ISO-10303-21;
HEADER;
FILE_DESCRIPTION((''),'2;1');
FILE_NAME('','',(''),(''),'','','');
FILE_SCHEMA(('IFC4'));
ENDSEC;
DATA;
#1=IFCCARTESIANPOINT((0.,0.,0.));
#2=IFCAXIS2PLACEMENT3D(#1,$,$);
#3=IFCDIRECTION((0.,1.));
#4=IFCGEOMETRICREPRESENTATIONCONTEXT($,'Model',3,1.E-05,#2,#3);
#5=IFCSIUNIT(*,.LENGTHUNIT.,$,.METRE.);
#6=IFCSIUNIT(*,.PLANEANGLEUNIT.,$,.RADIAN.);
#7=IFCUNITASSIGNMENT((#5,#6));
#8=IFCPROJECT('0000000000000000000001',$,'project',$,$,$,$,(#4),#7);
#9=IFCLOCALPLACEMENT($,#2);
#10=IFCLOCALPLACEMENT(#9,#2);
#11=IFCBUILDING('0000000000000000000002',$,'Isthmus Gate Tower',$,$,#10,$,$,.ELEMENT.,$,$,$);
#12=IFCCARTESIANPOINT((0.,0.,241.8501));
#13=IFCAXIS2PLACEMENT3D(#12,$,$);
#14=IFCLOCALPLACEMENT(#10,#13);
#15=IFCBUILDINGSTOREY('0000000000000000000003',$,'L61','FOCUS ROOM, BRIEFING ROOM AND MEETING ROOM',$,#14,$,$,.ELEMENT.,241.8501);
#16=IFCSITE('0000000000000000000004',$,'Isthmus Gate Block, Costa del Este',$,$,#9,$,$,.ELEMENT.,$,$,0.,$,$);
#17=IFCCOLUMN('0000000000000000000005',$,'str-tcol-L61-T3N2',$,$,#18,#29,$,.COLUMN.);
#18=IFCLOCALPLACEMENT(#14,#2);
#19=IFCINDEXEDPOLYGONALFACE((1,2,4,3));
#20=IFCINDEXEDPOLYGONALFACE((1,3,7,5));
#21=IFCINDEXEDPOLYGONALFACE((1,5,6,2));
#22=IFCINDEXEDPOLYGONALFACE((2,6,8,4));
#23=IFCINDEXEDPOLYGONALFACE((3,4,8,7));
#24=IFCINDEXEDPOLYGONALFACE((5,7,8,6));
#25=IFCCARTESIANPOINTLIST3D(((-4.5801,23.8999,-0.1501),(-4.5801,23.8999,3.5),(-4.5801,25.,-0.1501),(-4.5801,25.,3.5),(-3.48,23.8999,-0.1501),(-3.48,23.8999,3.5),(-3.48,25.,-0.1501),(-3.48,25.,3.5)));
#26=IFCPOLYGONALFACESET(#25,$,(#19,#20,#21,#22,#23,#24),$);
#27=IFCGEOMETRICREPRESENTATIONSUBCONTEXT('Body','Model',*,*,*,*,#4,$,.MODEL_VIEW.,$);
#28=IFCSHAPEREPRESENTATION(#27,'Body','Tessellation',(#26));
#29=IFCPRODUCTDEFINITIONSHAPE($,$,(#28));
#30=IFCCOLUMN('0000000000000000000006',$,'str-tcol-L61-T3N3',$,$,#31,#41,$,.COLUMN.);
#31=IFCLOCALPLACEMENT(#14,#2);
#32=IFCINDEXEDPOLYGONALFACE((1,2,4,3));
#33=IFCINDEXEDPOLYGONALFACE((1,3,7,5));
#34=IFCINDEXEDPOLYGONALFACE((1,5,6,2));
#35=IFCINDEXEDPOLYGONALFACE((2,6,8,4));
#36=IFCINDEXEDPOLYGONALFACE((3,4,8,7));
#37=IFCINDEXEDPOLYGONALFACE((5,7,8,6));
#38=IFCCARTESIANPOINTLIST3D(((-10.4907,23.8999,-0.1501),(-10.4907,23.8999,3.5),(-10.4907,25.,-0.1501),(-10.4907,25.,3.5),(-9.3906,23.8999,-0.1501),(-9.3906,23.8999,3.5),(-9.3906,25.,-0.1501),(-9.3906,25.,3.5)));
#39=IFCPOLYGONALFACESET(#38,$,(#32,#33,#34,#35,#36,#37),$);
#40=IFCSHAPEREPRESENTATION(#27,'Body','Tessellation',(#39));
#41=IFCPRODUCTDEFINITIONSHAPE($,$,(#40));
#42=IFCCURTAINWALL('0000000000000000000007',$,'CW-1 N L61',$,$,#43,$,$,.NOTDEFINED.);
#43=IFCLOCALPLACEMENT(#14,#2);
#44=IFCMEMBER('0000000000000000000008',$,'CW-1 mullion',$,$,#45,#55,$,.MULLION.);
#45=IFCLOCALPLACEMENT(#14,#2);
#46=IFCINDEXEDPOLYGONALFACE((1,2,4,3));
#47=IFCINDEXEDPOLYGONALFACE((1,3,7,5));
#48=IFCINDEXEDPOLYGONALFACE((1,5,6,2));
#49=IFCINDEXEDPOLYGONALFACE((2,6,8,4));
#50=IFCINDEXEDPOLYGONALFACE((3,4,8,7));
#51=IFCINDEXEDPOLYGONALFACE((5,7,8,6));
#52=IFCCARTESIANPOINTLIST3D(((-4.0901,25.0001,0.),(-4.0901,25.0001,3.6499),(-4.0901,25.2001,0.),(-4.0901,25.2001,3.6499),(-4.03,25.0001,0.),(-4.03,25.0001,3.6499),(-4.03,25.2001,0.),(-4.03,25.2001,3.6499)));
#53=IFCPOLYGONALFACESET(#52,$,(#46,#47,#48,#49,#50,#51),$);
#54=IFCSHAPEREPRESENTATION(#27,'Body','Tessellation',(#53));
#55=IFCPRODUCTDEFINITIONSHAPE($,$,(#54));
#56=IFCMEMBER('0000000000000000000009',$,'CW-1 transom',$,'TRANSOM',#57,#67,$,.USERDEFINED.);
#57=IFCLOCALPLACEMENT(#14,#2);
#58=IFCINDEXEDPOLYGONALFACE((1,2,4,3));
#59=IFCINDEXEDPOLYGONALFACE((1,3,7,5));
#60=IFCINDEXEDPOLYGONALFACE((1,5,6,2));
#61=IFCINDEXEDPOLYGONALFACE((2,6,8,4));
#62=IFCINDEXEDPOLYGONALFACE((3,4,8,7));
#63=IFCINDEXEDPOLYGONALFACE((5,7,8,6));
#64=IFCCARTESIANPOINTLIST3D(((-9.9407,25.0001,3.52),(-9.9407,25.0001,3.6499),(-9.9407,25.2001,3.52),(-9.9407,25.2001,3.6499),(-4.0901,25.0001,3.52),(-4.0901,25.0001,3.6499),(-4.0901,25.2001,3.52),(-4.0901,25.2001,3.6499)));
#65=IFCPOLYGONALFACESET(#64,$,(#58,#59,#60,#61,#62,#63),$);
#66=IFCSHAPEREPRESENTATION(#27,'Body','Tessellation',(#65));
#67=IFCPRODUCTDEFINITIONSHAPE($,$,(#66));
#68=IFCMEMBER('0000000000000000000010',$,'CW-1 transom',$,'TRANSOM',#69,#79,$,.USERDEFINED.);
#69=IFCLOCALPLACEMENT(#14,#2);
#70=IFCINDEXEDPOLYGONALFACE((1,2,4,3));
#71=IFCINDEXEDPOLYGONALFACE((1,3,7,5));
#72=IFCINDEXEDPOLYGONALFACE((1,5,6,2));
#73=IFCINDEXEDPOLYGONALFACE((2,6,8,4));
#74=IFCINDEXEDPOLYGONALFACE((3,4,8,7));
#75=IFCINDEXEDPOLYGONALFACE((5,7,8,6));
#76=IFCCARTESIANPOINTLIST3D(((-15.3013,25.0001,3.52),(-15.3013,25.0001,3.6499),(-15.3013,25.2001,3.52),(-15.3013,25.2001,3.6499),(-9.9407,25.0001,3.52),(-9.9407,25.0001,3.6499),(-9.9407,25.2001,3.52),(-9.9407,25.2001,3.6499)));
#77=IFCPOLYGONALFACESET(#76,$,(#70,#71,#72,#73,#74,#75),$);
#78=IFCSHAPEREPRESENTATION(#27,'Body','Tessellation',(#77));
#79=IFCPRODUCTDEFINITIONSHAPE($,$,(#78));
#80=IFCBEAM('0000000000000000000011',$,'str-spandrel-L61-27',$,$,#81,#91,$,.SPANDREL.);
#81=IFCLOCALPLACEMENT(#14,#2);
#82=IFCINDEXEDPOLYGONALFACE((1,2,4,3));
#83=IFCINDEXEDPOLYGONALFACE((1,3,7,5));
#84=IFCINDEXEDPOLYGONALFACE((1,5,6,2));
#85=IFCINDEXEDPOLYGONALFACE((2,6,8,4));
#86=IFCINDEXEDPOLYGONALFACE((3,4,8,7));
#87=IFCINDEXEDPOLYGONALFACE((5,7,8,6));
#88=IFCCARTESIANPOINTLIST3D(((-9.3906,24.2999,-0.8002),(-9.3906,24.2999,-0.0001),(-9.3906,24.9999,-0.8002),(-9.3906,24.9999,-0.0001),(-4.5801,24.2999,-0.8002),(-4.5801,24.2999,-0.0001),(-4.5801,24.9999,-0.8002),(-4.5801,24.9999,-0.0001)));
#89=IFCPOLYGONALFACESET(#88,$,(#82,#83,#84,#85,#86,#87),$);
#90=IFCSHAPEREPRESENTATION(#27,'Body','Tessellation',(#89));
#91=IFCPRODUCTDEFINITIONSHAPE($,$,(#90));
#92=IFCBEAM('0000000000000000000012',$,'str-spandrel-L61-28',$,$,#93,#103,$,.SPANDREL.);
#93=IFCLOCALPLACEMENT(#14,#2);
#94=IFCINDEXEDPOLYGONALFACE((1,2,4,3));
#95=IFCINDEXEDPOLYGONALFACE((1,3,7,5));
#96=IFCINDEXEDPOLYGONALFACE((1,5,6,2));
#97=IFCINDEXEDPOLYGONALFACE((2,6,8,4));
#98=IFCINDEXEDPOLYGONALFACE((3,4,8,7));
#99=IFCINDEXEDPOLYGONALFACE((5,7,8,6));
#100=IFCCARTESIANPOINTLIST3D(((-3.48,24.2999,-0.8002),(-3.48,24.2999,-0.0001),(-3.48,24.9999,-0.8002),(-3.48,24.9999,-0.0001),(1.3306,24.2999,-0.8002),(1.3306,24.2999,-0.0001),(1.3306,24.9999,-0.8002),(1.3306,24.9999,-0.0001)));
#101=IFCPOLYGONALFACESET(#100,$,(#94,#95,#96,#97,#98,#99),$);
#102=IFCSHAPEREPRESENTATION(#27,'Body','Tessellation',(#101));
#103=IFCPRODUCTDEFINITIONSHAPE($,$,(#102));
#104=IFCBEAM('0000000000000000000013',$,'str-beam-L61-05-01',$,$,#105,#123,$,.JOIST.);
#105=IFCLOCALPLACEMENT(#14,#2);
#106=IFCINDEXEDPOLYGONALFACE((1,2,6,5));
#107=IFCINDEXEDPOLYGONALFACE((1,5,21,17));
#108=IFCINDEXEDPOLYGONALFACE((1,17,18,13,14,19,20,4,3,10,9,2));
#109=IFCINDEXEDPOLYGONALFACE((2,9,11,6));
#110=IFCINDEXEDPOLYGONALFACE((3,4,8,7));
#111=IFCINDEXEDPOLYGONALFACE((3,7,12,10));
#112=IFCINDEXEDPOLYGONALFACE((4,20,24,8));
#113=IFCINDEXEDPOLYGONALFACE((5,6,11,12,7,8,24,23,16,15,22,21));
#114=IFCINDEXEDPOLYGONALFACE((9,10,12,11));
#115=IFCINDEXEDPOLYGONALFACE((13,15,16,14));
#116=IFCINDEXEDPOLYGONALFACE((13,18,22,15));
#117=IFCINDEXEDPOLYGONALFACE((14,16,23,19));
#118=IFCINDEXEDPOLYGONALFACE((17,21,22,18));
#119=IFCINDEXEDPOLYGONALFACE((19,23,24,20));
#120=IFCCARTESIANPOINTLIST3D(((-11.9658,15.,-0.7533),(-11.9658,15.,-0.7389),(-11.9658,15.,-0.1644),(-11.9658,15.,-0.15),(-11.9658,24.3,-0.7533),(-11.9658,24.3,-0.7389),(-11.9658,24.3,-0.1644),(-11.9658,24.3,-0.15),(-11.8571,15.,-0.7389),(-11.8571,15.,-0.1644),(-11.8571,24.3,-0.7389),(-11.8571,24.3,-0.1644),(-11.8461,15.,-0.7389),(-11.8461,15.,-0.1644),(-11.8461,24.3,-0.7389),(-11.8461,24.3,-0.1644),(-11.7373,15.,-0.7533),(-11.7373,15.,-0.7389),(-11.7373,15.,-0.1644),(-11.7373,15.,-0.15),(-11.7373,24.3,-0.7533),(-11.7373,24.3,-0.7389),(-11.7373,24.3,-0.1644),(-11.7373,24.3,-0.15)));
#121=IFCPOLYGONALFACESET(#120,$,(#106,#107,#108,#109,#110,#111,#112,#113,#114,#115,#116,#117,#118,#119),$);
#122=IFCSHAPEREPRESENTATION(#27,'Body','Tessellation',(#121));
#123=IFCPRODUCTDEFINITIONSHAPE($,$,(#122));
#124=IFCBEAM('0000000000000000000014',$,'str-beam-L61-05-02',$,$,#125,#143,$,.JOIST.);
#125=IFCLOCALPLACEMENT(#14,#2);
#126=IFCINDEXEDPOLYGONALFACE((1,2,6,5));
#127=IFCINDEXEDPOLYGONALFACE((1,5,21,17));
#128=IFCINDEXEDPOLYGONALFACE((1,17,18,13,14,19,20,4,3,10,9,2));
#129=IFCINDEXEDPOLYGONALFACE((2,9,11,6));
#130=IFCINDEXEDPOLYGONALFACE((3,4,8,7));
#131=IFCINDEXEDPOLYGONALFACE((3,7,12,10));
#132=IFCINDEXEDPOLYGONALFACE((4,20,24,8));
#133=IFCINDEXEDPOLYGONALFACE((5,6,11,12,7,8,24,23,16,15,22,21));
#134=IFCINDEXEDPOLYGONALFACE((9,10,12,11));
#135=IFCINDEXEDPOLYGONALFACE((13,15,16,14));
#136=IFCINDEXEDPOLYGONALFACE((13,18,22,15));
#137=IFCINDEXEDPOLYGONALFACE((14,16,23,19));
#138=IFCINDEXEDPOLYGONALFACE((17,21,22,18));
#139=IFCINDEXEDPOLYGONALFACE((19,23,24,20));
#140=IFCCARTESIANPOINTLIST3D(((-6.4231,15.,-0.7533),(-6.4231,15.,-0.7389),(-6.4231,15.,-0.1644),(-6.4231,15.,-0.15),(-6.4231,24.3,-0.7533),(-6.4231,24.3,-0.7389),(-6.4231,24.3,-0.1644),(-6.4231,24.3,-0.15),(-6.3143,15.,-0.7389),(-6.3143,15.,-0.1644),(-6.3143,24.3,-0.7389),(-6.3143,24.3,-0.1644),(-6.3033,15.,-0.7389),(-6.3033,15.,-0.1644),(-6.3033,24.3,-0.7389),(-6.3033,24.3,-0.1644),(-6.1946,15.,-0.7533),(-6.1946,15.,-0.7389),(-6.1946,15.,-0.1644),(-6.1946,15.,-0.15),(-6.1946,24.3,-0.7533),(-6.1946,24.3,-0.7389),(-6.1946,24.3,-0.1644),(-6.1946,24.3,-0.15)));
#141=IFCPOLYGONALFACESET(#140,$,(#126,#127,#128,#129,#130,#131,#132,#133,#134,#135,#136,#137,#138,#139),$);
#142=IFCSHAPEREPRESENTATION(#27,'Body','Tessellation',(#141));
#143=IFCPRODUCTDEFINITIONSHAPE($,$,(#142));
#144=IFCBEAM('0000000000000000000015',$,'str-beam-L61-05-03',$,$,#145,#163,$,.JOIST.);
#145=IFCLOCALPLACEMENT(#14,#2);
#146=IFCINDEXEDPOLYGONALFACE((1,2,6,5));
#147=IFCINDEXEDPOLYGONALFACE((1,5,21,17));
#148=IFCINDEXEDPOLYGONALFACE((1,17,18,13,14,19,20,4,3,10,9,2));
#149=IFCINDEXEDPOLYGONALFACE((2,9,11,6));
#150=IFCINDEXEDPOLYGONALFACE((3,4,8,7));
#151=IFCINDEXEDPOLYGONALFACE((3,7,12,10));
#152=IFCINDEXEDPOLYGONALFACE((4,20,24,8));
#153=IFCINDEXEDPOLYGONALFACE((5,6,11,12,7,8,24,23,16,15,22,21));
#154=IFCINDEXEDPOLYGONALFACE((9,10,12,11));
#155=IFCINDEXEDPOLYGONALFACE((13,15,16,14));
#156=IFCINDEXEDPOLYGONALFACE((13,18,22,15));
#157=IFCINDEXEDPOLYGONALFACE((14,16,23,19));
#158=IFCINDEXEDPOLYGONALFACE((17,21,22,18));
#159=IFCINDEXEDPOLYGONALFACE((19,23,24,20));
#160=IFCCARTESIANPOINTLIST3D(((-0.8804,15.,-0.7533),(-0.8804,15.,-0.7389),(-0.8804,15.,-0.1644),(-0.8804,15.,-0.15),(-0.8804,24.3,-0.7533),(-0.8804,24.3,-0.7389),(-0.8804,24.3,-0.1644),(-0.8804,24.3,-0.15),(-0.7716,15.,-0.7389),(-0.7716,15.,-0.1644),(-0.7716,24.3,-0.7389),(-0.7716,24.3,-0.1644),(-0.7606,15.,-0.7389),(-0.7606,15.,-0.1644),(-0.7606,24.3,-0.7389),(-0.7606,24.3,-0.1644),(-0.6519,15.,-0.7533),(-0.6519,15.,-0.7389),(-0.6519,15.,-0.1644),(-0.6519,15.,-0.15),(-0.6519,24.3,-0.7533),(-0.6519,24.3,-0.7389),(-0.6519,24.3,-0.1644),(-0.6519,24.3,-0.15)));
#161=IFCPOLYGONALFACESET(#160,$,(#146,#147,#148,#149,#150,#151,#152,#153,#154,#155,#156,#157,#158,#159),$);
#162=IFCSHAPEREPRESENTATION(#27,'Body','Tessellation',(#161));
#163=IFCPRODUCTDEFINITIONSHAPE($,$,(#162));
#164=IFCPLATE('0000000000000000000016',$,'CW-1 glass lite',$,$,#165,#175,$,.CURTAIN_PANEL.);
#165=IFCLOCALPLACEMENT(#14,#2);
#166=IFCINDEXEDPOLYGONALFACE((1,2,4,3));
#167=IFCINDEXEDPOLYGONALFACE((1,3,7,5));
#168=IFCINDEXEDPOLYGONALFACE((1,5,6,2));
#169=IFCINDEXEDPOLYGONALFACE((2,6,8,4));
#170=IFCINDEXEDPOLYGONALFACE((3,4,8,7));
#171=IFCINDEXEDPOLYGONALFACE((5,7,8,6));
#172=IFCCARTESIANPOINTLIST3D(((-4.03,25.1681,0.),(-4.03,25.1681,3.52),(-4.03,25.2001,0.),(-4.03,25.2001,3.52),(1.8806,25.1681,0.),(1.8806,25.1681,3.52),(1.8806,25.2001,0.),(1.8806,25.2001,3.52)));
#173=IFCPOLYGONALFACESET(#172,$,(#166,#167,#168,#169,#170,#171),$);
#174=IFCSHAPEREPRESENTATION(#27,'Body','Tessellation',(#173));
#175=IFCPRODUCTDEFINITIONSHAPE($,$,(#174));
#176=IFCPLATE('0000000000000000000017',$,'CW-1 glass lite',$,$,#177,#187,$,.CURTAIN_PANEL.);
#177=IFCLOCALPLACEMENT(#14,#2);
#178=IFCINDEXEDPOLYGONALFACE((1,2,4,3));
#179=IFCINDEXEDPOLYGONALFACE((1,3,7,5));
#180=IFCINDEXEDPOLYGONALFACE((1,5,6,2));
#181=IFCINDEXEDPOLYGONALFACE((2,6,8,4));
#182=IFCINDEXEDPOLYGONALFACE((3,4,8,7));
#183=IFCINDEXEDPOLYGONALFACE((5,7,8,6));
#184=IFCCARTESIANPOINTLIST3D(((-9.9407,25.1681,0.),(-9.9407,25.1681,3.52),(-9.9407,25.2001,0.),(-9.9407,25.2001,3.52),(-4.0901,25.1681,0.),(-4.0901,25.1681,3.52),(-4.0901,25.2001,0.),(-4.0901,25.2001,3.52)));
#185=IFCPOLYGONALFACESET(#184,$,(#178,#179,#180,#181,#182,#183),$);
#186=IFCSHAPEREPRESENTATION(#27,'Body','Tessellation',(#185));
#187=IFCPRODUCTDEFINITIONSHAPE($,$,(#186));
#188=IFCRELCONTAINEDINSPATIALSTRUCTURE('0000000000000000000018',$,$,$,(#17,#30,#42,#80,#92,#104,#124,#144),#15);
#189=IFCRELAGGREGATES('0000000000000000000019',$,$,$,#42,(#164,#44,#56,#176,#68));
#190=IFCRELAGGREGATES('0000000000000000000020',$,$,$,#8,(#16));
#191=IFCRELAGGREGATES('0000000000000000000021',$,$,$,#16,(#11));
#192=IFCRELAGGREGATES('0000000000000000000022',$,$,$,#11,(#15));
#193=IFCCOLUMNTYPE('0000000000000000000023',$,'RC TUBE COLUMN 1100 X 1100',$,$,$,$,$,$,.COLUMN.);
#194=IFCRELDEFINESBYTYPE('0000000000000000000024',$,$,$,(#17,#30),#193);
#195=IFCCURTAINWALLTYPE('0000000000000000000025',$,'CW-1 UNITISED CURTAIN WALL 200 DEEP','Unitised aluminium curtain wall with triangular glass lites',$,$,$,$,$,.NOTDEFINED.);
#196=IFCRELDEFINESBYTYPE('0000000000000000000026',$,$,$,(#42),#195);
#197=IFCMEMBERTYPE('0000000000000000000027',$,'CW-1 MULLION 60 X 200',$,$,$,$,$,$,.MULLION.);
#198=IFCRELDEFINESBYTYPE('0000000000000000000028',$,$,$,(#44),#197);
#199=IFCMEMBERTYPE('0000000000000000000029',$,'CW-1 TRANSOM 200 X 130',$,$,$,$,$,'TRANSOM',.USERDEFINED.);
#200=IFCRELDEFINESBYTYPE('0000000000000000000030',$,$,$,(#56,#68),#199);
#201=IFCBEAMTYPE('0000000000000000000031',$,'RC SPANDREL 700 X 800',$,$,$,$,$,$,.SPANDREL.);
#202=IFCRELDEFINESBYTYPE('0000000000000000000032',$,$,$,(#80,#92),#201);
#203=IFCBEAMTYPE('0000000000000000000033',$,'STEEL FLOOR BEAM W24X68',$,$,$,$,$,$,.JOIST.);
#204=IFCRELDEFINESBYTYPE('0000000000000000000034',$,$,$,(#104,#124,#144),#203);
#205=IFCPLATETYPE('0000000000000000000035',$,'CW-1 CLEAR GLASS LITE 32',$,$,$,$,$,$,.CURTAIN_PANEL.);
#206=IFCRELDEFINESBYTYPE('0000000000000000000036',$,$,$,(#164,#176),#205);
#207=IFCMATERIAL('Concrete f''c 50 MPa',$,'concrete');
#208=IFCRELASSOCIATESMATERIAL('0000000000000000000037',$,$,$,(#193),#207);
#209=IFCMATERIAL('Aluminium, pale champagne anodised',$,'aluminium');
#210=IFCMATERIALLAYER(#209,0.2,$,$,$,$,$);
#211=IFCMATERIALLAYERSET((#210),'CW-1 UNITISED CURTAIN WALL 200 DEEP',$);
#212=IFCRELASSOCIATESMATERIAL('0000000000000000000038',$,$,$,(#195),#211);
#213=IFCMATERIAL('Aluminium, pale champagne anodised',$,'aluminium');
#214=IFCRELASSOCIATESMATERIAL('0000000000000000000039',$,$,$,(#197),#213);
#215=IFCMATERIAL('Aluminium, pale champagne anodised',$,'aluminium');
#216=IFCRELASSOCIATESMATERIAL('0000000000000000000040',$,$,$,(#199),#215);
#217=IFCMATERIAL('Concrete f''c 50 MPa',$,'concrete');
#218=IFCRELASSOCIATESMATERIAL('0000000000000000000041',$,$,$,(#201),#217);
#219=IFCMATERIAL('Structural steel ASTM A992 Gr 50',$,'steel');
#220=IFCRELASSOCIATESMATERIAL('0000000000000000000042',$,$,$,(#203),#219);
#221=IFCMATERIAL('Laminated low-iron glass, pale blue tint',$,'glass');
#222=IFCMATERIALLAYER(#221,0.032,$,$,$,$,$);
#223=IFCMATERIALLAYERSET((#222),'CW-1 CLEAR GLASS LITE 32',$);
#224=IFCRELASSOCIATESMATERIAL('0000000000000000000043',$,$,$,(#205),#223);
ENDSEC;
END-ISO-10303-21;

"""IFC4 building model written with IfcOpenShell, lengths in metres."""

from ifc_helpers import new_model, si_unit, direction, frame, origin, origin_2d, place, context, subcontext, project, spatial, rectangle, i_section, extrude, material, layer, layer_set, material_profile, profile_set, type_object, element, aggregate, save


model = new_model("IFC4")

# Units and contexts
model_context = context("Model", 3, precision=1e-05, world=origin(), true_north=direction((0.0, 1.0)))
body_context = subcontext(model_context, "Body", "Model", "MODEL_VIEW")
ifc_project = project(units=[si_unit("LENGTHUNIT", "METRE"), si_unit("PLANEANGLEUNIT", "RADIAN")], contexts=[model_context])

# Site, building, storey
site_placement = place(None, origin())
site = spatial("IfcSite", under=ifc_project, at=site_placement, Name="Isthmus Gate Block, Costa del Este", CompositionType="ELEMENT", RefElevation=0.0)
building_placement = place(site_placement, origin())
building = spatial("IfcBuilding", under=site, at=building_placement, Name="Isthmus Gate Tower", CompositionType="ELEMENT")
storey_placement = place(building_placement, frame((0.0, 0.0, 241.8501)))
storey = spatial("IfcBuildingStorey", under=building, at=storey_placement, Name="L61", Description="FOCUS ROOM, BRIEFING ROOM AND MEETING ROOM", CompositionType="ELEMENT", Elevation=241.8501)

# Columns
ifc_material_1 = material(Name="Concrete f'c 50 MPa", Category="concrete")
ifc_material_profile_1 = material_profile(ifc_material_1, rectangle(XDim=1.1001, YDim=1.1001, at=origin_2d()), Name="RC 1100X1100")
ifc_profile_set_1 = profile_set([ifc_material_profile_1], Name="Concrete f'c 50 MPa")
column_type = type_object("IfcColumnType", Name="RC TUBE COLUMN 1100 X 1100", PredefinedType="COLUMN", material=ifc_profile_set_1)
for number, where, z_axis, x_axis, name in (
    (1, (-4.03, 24.45, -0.1501), (0.0, 0.0, 1.0), (-1.0, 0.0, 0.0), "str-tcol-L61-T3N2"),
    (2, (-9.9407, 24.45, -0.1501), (0.0, 0.0, 1.0), (-1.0, 0.0, 0.0), "str-tcol-L61-T3N3"),
):
    element("IfcColumn", number, at=place(storey_placement, frame(where, z_axis=z_axis, x_axis=x_axis)), inside=storey, type_object=column_type, Name=name, PredefinedType="COLUMN", context=body_context, shape_type="SweptSolid", body=[
        extrude(rectangle(XDim=1.1001, YDim=1.1001, at=origin_2d()), origin(), (0.0, 0.0, 1.0), 3.6501),
    ])

# Curtain wall, members
ifc_material_2 = material(Name="Aluminium, pale champagne anodised", Category="aluminium")
ifc_layer_1 = layer(ifc_material_2, 0.2)
ifc_layer_set_1 = layer_set([ifc_layer_1], Name="CW-1 UNITISED CURTAIN WALL 200 DEEP")
curtain_wall_type = type_object("IfcCurtainWallType", Name="CW-1 UNITISED CURTAIN WALL 200 DEEP", Description="Unitised aluminium curtain wall with triangular glass lites", PredefinedType="NOTDEFINED", material=ifc_layer_set_1)
curtain_wall_placement = place(storey_placement, origin())
curtain_wall = element("IfcCurtainWall", 3, at=curtain_wall_placement, inside=storey, type_object=curtain_wall_type, Name="CW-1 N L61", PredefinedType="NOTDEFINED")
ifc_material_3 = material(Name="Aluminium, pale champagne anodised", Category="aluminium")
ifc_material_profile_2 = material_profile(ifc_material_3, rectangle(XDim=0.0601, YDim=0.2, at=origin_2d()), Name="60x200")
ifc_profile_set_2 = profile_set([ifc_material_profile_2], Name="Aluminium, pale champagne anodised")
member_type_1 = type_object("IfcMemberType", Name="CW-1 MULLION 60 X 200", PredefinedType="MULLION", material=ifc_profile_set_2)
member_1_placement = place(storey_placement, frame((-4.0601, 25.1001, 0.0), z_axis=(0.0, 0.0, 1.0), x_axis=(-1.0, 0.0, 0.0)))
member_1 = element("IfcMember", 4, at=member_1_placement, type_object=member_type_1, Name="CW-1 mullion", PredefinedType="MULLION", context=body_context, shape_type="SweptSolid", body=[
    extrude(rectangle(XDim=0.0601, YDim=0.2, at=origin_2d()), origin(), (0.0, 0.0, 1.0), 3.6499),
])
ifc_material_4 = material(Name="Aluminium, pale champagne anodised", Category="aluminium")
ifc_material_profile_3 = material_profile(ifc_material_4, rectangle(XDim=0.2, YDim=0.1299, at=origin_2d()), Name="200x130")
ifc_profile_set_3 = profile_set([ifc_material_profile_3], Name="Aluminium, pale champagne anodised")
member_type_2 = type_object("IfcMemberType", Name="CW-1 TRANSOM 200 X 130", ElementType="TRANSOM", PredefinedType="USERDEFINED", material=ifc_profile_set_3)
member_2_placement = place(storey_placement, frame((-4.0901, 25.1001, 3.585), z_axis=(-1.0, 0.0, 0.0), x_axis=(0.0, -1.0, 0.0)))
member_2 = element("IfcMember", 5, at=member_2_placement, type_object=member_type_2, Name="CW-1 transom", ObjectType="TRANSOM", PredefinedType="USERDEFINED", context=body_context, shape_type="SweptSolid", body=[
    extrude(rectangle(XDim=0.2, YDim=0.1299, at=origin_2d()), origin(), (0.0, 0.0, 1.0), 5.8506),
])
member_3_placement = place(storey_placement, frame((-9.9407, 25.1001, 3.585), z_axis=(-1.0, 0.0, 0.0), x_axis=(0.0, -1.0, 0.0)))
member_3 = element("IfcMember", 6, at=member_3_placement, type_object=member_type_2, Name="CW-1 transom", ObjectType="TRANSOM", PredefinedType="USERDEFINED", context=body_context, shape_type="SweptSolid", body=[
    extrude(rectangle(XDim=0.2, YDim=0.1299, at=origin_2d()), origin(), (0.0, 0.0, 1.0), 5.3606),
])

# Beams
ifc_material_5 = material(Name="Concrete f'c 50 MPa", Category="concrete")
ifc_material_profile_4 = material_profile(ifc_material_5, rectangle(XDim=0.7, YDim=0.8, at=origin_2d()), Name="RC 700X800")
ifc_profile_set_4 = profile_set([ifc_material_profile_4], Name="Concrete f'c 50 MPa")
beam_type_1 = type_object("IfcBeamType", Name="RC SPANDREL 700 X 800", PredefinedType="SPANDREL", material=ifc_profile_set_4)
for number, where, z_axis, x_axis, name in (
    (7, (-9.3906, 24.6499, -0.4001), (1.0, 0.0, 0.0), (0.0, 1.0, 0.0), "str-spandrel-L61-27"),
    (8, (-3.48, 24.6499, -0.4001), (1.0, 0.0, 0.0), (0.0, 1.0, 0.0), "str-spandrel-L61-28"),
):
    element("IfcBeam", number, at=place(storey_placement, frame(where, z_axis=z_axis, x_axis=x_axis)), inside=storey, type_object=beam_type_1, Name=name, PredefinedType="SPANDREL", context=body_context, shape_type="SweptSolid", body=[
        extrude(rectangle(XDim=0.7, YDim=0.8, at=origin_2d()), origin(), (0.0, 0.0, 1.0), 4.8105),
    ])
ifc_material_6 = material(Name="Structural steel ASTM A992 Gr 50", Category="steel")
ifc_material_profile_5 = material_profile(ifc_material_6, i_section(OverallWidth=0.2285, OverallDepth=0.6033, WebThickness=0.011, FlangeThickness=0.0144, at=origin_2d()), Name="W24X68")
ifc_profile_set_5 = profile_set([ifc_material_profile_5], Name="Structural steel ASTM A992 Gr 50")
beam_type_2 = type_object("IfcBeamType", Name="STEEL FLOOR BEAM W24X68", PredefinedType="JOIST", material=ifc_profile_set_5)
for number, where, z_axis, x_axis, name in (
    (9, (-11.8516, 15.0, -0.4517), (0.0, 1.0, 0.0), (-1.0, 0.0, 0.0), "str-beam-L61-05-01"),
    (10, (-6.3088, 15.0, -0.4517), (0.0, 1.0, 0.0), (-1.0, 0.0, 0.0), "str-beam-L61-05-02"),
    (11, (-0.7661, 15.0, -0.4517), (0.0, 1.0, 0.0), (-1.0, 0.0, 0.0), "str-beam-L61-05-03"),
):
    element("IfcBeam", number, at=place(storey_placement, frame(where, z_axis=z_axis, x_axis=x_axis)), inside=storey, type_object=beam_type_2, Name=name, PredefinedType="JOIST", context=body_context, shape_type="SweptSolid", body=[
        extrude(i_section(OverallWidth=0.2285, OverallDepth=0.6033, WebThickness=0.011, FlangeThickness=0.0144, at=origin_2d()), origin(), (0.0, 0.0, 1.0), 9.3),
    ])

# Plates
ifc_material_7 = material(Name="Laminated low-iron glass, pale blue tint", Category="glass")
ifc_layer_2 = layer(ifc_material_7, 0.032)
ifc_layer_set_2 = layer_set([ifc_layer_2], Name="CW-1 CLEAR GLASS LITE 32")
plate_type = type_object("IfcPlateType", Name="CW-1 CLEAR GLASS LITE 32", PredefinedType="CURTAIN_PANEL", material=ifc_layer_set_2)
plate_1_placement = place(storey_placement, frame((-1.0747, 25.1841, 0.0), z_axis=(0.0, 0.0, 1.0), x_axis=(-1.0, 0.0, 0.0)))
plate_1 = element("IfcPlate", 12, at=plate_1_placement, type_object=plate_type, Name="CW-1 glass lite", PredefinedType="CURTAIN_PANEL", context=body_context, shape_type="SweptSolid", body=[
    extrude(rectangle(XDim=5.9106, YDim=0.032, at=origin_2d()), origin(), (0.0, 0.0, 1.0), 3.52),
])
plate_2_placement = place(storey_placement, frame((-7.0154, 25.1841, 0.0), z_axis=(0.0, 0.0, 1.0), x_axis=(-1.0, 0.0, 0.0)))
plate_2 = element("IfcPlate", 13, at=plate_2_placement, type_object=plate_type, Name="CW-1 glass lite", PredefinedType="CURTAIN_PANEL", context=body_context, shape_type="SweptSolid", body=[
    extrude(rectangle(XDim=5.8506, YDim=0.032, at=origin_2d()), origin(), (0.0, 0.0, 1.0), 3.52),
])
aggregate(curtain_wall, [plate_1, member_1, member_2, plate_2, member_3])

save(model, "model.ifc")
